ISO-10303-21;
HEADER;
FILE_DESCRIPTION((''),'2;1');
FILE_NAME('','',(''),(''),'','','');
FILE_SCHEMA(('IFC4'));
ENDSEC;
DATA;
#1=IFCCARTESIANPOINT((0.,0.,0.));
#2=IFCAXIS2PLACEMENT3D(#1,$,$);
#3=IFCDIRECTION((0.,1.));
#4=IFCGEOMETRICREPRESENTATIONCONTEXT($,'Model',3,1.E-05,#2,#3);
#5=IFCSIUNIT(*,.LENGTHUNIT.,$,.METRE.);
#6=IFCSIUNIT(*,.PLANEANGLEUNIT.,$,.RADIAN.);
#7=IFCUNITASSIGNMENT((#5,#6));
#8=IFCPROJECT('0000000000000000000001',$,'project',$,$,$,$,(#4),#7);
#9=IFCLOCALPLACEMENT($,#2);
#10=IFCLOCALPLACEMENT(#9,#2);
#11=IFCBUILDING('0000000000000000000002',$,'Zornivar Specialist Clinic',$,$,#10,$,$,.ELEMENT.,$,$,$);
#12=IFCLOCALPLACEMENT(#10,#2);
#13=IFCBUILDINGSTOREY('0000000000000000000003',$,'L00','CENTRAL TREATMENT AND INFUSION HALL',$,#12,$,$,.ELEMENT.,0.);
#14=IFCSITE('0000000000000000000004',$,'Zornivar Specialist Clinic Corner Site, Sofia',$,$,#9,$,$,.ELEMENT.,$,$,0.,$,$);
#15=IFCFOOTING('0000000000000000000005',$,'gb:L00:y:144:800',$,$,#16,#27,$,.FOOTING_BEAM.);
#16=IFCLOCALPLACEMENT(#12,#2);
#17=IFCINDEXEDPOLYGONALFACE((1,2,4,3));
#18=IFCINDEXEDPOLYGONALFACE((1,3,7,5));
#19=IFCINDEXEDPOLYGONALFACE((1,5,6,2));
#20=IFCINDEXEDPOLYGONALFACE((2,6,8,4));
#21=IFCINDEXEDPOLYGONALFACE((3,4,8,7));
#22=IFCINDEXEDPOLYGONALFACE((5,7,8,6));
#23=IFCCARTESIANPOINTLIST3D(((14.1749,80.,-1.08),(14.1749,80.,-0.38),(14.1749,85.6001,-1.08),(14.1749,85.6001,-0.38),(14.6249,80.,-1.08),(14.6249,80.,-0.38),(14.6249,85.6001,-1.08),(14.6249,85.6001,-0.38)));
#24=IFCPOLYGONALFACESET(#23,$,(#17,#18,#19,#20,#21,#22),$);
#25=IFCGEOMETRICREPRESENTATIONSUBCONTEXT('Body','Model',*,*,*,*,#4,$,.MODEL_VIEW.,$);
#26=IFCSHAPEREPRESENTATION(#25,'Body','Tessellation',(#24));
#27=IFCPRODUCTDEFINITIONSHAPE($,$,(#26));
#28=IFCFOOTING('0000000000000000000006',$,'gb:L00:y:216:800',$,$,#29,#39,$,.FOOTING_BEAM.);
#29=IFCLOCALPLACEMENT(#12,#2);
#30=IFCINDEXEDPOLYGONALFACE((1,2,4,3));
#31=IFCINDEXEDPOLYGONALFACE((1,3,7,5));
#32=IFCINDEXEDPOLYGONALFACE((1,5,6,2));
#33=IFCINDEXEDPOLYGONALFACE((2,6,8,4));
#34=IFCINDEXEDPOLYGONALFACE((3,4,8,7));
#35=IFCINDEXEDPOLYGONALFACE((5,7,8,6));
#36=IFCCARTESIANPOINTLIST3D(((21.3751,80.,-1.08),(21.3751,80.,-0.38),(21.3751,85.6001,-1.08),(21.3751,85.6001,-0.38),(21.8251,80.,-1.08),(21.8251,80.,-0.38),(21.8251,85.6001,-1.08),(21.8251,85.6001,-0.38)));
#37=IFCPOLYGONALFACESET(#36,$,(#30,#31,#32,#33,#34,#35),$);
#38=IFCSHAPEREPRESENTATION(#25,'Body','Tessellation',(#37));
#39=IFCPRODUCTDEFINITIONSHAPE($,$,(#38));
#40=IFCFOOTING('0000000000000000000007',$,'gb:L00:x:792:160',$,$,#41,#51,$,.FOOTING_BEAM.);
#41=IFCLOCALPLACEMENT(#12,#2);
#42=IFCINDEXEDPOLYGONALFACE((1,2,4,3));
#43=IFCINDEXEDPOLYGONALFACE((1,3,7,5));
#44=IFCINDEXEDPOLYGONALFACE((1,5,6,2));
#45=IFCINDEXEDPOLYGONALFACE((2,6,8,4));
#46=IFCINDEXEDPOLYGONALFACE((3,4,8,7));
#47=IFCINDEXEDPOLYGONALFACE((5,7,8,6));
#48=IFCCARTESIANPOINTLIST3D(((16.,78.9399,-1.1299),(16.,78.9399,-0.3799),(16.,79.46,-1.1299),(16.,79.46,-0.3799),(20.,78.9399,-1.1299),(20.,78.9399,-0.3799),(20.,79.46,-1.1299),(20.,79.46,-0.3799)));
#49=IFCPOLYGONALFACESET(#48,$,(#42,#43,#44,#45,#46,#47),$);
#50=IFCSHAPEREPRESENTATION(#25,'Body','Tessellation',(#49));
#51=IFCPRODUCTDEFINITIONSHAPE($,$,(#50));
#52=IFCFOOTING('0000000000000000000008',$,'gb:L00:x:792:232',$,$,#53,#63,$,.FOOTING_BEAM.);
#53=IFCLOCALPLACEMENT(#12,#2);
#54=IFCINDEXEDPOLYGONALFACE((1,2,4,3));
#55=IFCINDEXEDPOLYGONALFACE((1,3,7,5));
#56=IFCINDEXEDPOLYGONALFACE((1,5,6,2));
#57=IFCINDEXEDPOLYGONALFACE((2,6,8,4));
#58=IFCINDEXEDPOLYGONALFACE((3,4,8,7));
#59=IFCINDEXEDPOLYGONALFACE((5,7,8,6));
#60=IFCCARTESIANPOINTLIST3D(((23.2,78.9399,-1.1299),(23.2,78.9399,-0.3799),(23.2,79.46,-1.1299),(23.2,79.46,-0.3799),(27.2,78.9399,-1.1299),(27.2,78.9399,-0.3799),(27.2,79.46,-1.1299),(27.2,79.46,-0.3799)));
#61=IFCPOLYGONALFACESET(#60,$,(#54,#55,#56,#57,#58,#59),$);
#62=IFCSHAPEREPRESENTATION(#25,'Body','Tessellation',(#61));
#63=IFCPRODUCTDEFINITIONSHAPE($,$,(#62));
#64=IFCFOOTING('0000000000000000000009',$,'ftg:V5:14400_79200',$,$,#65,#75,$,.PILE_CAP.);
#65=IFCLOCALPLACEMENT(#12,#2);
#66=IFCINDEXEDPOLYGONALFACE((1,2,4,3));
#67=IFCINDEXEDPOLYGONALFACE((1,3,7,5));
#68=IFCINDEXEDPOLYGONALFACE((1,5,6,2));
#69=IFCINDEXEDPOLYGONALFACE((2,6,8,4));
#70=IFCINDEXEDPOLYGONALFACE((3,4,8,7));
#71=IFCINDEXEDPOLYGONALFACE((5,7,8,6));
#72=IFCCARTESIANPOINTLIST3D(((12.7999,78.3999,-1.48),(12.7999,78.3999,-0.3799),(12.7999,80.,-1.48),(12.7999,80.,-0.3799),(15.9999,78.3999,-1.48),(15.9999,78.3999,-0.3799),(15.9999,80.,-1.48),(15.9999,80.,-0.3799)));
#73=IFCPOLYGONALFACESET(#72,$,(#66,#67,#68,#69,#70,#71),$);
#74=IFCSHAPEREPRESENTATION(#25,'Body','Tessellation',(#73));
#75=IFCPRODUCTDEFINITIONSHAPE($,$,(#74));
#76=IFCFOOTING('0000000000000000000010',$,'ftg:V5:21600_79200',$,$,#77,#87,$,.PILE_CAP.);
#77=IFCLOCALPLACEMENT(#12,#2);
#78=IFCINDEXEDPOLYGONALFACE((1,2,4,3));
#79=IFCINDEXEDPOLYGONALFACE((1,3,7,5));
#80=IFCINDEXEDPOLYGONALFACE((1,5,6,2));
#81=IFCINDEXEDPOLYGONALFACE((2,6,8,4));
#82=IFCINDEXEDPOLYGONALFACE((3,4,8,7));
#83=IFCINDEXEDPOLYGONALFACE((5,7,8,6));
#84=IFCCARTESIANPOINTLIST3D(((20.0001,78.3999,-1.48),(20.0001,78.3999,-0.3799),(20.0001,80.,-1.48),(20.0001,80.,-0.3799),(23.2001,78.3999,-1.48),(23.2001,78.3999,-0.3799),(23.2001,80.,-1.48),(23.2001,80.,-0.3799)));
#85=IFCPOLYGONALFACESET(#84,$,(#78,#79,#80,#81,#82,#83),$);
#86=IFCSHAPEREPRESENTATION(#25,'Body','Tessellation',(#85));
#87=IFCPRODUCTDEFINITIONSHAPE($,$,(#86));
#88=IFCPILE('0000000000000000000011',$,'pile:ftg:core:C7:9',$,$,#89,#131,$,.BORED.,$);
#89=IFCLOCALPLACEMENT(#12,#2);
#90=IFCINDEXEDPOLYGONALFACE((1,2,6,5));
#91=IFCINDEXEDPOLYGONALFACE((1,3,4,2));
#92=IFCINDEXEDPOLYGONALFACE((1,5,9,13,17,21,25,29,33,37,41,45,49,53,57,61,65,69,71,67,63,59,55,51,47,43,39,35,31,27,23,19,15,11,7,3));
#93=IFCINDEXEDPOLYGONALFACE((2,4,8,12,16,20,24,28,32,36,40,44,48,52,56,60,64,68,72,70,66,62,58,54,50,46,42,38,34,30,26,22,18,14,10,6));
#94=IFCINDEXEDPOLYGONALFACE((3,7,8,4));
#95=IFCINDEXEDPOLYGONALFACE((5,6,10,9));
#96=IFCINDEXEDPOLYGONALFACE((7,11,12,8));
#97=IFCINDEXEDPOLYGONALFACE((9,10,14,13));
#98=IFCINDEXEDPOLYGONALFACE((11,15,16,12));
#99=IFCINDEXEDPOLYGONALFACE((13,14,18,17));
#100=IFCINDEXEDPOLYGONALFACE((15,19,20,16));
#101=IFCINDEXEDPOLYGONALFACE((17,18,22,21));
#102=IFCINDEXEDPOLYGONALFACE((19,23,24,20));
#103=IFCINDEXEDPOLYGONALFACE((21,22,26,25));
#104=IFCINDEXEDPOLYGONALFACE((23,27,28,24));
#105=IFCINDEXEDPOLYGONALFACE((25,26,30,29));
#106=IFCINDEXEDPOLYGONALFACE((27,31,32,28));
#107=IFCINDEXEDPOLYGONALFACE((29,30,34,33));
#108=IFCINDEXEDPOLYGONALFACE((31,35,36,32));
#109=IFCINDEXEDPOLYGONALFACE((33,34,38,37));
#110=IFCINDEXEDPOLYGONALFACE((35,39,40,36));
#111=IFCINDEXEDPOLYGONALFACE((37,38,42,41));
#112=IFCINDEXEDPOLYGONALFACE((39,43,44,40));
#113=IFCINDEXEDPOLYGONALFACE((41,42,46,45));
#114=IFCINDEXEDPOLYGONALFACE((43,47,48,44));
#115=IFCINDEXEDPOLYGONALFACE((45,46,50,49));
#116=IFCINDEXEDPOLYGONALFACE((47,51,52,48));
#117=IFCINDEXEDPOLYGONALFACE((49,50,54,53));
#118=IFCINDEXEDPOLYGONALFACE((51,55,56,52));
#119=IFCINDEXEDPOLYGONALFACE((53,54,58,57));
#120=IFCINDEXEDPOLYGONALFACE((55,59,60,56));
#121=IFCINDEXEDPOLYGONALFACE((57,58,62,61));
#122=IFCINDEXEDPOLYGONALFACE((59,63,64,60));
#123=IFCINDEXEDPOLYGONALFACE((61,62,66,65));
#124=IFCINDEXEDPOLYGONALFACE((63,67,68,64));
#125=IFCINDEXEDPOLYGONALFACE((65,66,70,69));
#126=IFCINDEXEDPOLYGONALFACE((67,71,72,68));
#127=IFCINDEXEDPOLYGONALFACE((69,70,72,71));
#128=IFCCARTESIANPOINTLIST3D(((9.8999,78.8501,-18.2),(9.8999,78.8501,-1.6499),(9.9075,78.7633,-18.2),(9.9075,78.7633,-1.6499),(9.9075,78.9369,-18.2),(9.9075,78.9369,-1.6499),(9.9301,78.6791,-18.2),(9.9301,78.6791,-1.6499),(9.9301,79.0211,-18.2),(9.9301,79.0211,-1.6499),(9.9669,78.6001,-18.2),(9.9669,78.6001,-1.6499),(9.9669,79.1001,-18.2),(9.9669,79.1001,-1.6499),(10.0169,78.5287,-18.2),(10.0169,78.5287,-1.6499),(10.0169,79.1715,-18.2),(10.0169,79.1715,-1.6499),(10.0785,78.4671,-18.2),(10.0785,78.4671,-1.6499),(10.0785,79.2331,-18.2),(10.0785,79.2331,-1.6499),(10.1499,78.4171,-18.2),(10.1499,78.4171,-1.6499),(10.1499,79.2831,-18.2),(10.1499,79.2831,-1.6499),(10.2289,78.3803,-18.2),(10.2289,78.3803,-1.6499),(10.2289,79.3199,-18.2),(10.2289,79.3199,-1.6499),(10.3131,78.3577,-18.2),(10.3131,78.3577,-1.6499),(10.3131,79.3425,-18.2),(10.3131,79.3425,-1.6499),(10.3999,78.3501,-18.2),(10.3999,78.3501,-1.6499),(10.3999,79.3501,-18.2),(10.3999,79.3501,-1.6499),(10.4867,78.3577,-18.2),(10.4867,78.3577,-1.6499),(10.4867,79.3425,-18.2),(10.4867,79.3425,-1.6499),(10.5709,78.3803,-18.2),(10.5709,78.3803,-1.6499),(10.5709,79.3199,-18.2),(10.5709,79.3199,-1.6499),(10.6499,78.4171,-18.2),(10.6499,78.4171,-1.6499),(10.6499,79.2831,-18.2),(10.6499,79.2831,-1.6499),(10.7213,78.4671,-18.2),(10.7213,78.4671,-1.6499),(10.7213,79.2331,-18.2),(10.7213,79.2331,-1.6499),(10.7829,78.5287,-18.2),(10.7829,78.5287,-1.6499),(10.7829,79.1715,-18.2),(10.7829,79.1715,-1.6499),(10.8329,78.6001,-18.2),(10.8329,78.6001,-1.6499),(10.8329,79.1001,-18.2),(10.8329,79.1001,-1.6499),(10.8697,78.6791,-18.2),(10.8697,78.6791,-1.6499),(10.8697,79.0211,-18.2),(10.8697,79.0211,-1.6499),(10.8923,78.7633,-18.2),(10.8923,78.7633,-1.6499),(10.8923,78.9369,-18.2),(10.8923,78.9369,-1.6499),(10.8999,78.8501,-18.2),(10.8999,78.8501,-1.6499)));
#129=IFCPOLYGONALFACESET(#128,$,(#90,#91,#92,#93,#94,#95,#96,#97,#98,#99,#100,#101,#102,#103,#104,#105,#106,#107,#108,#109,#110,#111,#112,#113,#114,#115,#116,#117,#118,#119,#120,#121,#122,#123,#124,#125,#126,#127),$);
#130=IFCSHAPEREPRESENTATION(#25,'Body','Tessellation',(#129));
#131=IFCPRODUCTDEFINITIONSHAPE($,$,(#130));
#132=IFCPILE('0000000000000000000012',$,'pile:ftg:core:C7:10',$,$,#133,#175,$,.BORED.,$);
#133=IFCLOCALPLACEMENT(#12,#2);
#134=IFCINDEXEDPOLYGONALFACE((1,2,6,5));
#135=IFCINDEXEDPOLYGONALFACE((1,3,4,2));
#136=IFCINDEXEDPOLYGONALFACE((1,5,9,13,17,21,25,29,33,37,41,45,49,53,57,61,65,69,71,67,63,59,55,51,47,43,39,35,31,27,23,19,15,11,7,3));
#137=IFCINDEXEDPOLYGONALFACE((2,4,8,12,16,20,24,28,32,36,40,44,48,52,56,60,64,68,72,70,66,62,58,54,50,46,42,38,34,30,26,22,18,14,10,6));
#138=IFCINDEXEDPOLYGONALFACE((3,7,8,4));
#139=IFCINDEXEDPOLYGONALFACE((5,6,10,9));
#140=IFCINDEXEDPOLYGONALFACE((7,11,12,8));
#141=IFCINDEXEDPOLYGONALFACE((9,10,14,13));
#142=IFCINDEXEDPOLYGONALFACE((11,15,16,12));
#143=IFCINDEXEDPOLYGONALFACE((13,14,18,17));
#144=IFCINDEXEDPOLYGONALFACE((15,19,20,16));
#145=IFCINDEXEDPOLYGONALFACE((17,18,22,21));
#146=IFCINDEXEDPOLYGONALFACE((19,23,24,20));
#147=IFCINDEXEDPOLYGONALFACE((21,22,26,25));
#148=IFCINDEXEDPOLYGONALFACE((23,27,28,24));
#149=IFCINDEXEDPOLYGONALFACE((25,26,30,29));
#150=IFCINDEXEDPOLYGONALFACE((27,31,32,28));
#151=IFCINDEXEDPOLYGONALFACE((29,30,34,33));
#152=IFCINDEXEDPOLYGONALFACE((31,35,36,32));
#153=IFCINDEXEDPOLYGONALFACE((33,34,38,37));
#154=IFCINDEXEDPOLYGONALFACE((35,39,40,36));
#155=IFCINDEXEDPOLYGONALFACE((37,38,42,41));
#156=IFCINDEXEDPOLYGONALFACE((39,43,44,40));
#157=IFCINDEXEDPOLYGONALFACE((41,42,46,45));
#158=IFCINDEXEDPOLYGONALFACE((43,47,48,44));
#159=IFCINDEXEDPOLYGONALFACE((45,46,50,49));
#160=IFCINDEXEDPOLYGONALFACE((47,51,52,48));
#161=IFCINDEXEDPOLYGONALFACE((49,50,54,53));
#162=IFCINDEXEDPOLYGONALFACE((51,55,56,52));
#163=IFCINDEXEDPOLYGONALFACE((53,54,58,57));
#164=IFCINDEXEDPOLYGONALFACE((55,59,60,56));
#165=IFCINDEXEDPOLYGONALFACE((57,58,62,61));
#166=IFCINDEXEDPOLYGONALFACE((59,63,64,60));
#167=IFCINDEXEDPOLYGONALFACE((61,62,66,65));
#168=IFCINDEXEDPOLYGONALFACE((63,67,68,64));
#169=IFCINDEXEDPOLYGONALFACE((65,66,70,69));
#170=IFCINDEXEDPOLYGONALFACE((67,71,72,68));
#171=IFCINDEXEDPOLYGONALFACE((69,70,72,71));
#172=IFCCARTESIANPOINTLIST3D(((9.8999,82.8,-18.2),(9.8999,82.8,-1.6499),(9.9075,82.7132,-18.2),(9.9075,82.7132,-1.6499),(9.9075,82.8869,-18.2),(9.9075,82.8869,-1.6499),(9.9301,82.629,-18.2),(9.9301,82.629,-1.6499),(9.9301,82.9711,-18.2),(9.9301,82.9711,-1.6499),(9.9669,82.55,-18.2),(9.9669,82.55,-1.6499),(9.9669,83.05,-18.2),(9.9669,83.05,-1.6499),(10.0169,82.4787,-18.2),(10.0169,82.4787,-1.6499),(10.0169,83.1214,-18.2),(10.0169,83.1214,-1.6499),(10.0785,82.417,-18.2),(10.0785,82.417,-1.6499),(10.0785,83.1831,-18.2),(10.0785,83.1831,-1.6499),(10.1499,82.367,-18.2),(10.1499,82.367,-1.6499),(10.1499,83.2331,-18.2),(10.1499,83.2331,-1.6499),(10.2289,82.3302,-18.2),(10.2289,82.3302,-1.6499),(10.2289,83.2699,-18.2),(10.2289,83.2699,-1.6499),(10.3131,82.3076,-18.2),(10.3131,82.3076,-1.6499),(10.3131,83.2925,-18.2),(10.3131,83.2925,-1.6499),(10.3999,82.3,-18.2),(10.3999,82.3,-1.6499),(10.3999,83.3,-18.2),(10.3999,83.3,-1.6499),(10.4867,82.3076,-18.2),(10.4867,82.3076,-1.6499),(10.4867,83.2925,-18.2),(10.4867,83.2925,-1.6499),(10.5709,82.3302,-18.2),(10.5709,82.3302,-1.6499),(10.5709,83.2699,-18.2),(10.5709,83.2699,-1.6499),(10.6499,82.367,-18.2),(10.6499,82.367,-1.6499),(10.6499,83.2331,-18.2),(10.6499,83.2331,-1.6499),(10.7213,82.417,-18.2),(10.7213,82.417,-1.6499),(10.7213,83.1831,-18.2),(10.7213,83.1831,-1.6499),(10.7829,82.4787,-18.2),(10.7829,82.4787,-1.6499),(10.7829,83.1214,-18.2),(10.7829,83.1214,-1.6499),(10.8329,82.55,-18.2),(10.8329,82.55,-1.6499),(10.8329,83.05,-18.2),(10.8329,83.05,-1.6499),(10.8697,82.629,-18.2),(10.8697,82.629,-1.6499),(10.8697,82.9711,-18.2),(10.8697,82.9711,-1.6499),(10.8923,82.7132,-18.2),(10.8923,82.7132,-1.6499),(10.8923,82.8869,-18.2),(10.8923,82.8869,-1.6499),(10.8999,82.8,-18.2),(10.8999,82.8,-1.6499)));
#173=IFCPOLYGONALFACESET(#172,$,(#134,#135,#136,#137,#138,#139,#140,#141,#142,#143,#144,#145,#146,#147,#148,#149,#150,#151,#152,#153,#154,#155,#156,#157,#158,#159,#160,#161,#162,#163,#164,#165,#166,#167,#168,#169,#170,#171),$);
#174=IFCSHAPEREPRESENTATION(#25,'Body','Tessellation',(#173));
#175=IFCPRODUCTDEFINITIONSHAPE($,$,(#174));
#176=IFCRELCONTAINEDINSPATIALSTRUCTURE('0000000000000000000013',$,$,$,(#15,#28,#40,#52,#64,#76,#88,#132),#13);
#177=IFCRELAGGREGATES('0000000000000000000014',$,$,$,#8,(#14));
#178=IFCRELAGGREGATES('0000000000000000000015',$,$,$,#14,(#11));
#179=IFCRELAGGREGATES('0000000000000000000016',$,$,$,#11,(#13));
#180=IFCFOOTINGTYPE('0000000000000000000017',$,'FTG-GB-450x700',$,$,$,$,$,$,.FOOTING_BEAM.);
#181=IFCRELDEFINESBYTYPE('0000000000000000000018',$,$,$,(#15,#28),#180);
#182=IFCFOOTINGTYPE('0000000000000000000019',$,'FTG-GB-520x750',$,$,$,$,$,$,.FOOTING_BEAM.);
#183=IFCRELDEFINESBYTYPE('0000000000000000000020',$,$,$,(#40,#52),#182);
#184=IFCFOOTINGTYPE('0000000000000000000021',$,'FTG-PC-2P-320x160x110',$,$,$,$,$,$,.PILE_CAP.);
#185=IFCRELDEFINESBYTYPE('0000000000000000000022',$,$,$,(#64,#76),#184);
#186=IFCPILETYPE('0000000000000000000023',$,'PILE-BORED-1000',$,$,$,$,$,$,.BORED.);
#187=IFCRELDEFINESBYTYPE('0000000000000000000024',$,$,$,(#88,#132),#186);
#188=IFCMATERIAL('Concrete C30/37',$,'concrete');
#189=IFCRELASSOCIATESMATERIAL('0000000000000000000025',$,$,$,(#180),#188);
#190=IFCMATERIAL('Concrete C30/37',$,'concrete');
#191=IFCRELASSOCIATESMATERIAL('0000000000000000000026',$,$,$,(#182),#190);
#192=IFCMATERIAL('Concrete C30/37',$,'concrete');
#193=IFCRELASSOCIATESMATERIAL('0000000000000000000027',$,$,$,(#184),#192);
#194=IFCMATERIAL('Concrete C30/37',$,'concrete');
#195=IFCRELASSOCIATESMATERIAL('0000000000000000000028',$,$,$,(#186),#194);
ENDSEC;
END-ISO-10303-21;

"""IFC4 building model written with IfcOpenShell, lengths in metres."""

from ifc_helpers import new_model, si_unit, direction, frame, origin, origin_2d, place, context, subcontext, project, spatial, rectangle, circle, extrude, material, material_profile, profile_set, type_object, element, save


model = new_model("IFC4")

# Units and contexts
model_context = context("Model", 3, precision=1e-05, world=origin(), true_north=direction((0.0, 1.0)))
body_context = subcontext(model_context, "Body", "Model", "MODEL_VIEW")
ifc_project = project(units=[si_unit("LENGTHUNIT", "METRE"), si_unit("PLANEANGLEUNIT", "RADIAN")], contexts=[model_context])

# Site, building, storey
site_placement = place(None, origin())
site = spatial("IfcSite", under=ifc_project, at=site_placement, Name="Zornivar Specialist Clinic Corner Site, Sofia", CompositionType="ELEMENT", RefElevation=0.0)
building_placement = place(site_placement, origin())
building = spatial("IfcBuilding", under=site, at=building_placement, Name="Zornivar Specialist Clinic", CompositionType="ELEMENT")
storey_placement = place(building_placement, origin())
storey = spatial("IfcBuildingStorey", under=building, at=storey_placement, Name="L00", Description="CENTRAL TREATMENT AND INFUSION HALL", CompositionType="ELEMENT", Elevation=0.0)

# Footings
ifc_material_1 = material(Name="Concrete C30/37", Category="concrete")
ifc_material_profile_1 = material_profile(ifc_material_1, rectangle(XDim=0.45, YDim=0.7, at=origin_2d()), Name="RC 450x700")
ifc_profile_set_1 = profile_set([ifc_material_profile_1], Name="Concrete C30/37")
footing_type_1 = type_object("IfcFootingType", Name="FTG-GB-450x700", PredefinedType="FOOTING_BEAM", material=ifc_profile_set_1)
for number, where, z_axis, x_axis, name in (
    (1, (14.3999, 80.0, -0.73), (0.0, 1.0, 0.0), (-1.0, 0.0, 0.0), "gb:L00:y:144:800"),
    (2, (21.6001, 80.0, -0.73), (0.0, 1.0, 0.0), (-1.0, 0.0, 0.0), "gb:L00:y:216:800"),
):
    element("IfcFooting", number, at=place(storey_placement, frame(where, z_axis=z_axis, x_axis=x_axis)), inside=storey, type_object=footing_type_1, Name=name, PredefinedType="FOOTING_BEAM", context=body_context, shape_type="SweptSolid", body=[
        extrude(rectangle(XDim=0.45, YDim=0.7, at=origin_2d()), origin(), (0.0, 0.0, 1.0), 5.6001),
    ])
ifc_material_2 = material(Name="Concrete C30/37", Category="concrete")
ifc_material_profile_2 = material_profile(ifc_material_2, rectangle(XDim=0.52, YDim=0.75, at=origin_2d()), Name="RC 520x750")
ifc_profile_set_2 = profile_set([ifc_material_profile_2], Name="Concrete C30/37")
footing_type_2 = type_object("IfcFootingType", Name="FTG-GB-520x750", PredefinedType="FOOTING_BEAM", material=ifc_profile_set_2)
for number, where, z_axis, x_axis, name in (
    (3, (16.0, 79.2, -0.7549), (1.0, 0.0, 0.0), (0.0, 1.0, 0.0), "gb:L00:x:792:160"),
    (4, (23.2, 79.2, -0.7549), (1.0, 0.0, 0.0), (0.0, 1.0, 0.0), "gb:L00:x:792:232"),
):
    element("IfcFooting", number, at=place(storey_placement, frame(where, z_axis=z_axis, x_axis=x_axis)), inside=storey, type_object=footing_type_2, Name=name, PredefinedType="FOOTING_BEAM", context=body_context, shape_type="SweptSolid", body=[
        extrude(rectangle(XDim=0.52, YDim=0.75, at=origin_2d()), origin(), (0.0, 0.0, 1.0), 4.0),
    ])
ifc_material_3 = material(Name="Concrete C30/37", Category="concrete")
footing_type_3 = type_object("IfcFootingType", Name="FTG-PC-2P-320x160x110", PredefinedType="PILE_CAP", material=ifc_material_3)
for number, where, z_axis, x_axis, name in (
    (5, (14.3999, 79.2, -1.48), (0.0, 0.0, 1.0), (1.0, 0.0, 0.0), "ftg:V5:14400_79200"),
    (6, (21.6001, 79.2, -1.48), (0.0, 0.0, 1.0), (1.0, 0.0, 0.0), "ftg:V5:21600_79200"),
):
    element("IfcFooting", number, at=place(storey_placement, frame(where, z_axis=z_axis, x_axis=x_axis)), inside=storey, type_object=footing_type_3, Name=name, PredefinedType="PILE_CAP", context=body_context, shape_type="SweptSolid", body=[
        extrude(rectangle(XDim=3.2, YDim=1.6001, at=origin_2d()), origin(), (0.0, 0.0, 1.0), 1.1001),
    ])

# Piles
ifc_material_4 = material(Name="Concrete C30/37", Category="concrete")
ifc_material_profile_3 = material_profile(ifc_material_4, circle(Radius=0.5, at=origin_2d()), Name="PILE D1000")
ifc_profile_set_3 = profile_set([ifc_material_profile_3], Name="Concrete C30/37")
pile_type_1 = type_object("IfcPileType", Name="PILE-BORED-1000", PredefinedType="BORED", material=ifc_profile_set_3)
for number, where, z_axis, x_axis, name in (
    (7, (10.3999, 78.8501, -1.6499), (0.0, 0.0, -1.0), (1.0, 0.0, 0.0), "pile:ftg:core:C7:9"),
    (8, (10.3999, 82.8, -1.6499), (0.0, 0.0, -1.0), (1.0, 0.0, 0.0), "pile:ftg:core:C7:10"),
):
    element("IfcPile", number, at=place(storey_placement, frame(where, z_axis=z_axis, x_axis=x_axis)), inside=storey, type_object=pile_type_1, Name=name, PredefinedType="BORED", context=body_context, shape_type="SweptSolid", body=[
        extrude(circle(Radius=0.5, at=origin_2d()), origin(), (0.0, 0.0, 1.0), 16.55),
    ])

save(model, "model.ifc")
